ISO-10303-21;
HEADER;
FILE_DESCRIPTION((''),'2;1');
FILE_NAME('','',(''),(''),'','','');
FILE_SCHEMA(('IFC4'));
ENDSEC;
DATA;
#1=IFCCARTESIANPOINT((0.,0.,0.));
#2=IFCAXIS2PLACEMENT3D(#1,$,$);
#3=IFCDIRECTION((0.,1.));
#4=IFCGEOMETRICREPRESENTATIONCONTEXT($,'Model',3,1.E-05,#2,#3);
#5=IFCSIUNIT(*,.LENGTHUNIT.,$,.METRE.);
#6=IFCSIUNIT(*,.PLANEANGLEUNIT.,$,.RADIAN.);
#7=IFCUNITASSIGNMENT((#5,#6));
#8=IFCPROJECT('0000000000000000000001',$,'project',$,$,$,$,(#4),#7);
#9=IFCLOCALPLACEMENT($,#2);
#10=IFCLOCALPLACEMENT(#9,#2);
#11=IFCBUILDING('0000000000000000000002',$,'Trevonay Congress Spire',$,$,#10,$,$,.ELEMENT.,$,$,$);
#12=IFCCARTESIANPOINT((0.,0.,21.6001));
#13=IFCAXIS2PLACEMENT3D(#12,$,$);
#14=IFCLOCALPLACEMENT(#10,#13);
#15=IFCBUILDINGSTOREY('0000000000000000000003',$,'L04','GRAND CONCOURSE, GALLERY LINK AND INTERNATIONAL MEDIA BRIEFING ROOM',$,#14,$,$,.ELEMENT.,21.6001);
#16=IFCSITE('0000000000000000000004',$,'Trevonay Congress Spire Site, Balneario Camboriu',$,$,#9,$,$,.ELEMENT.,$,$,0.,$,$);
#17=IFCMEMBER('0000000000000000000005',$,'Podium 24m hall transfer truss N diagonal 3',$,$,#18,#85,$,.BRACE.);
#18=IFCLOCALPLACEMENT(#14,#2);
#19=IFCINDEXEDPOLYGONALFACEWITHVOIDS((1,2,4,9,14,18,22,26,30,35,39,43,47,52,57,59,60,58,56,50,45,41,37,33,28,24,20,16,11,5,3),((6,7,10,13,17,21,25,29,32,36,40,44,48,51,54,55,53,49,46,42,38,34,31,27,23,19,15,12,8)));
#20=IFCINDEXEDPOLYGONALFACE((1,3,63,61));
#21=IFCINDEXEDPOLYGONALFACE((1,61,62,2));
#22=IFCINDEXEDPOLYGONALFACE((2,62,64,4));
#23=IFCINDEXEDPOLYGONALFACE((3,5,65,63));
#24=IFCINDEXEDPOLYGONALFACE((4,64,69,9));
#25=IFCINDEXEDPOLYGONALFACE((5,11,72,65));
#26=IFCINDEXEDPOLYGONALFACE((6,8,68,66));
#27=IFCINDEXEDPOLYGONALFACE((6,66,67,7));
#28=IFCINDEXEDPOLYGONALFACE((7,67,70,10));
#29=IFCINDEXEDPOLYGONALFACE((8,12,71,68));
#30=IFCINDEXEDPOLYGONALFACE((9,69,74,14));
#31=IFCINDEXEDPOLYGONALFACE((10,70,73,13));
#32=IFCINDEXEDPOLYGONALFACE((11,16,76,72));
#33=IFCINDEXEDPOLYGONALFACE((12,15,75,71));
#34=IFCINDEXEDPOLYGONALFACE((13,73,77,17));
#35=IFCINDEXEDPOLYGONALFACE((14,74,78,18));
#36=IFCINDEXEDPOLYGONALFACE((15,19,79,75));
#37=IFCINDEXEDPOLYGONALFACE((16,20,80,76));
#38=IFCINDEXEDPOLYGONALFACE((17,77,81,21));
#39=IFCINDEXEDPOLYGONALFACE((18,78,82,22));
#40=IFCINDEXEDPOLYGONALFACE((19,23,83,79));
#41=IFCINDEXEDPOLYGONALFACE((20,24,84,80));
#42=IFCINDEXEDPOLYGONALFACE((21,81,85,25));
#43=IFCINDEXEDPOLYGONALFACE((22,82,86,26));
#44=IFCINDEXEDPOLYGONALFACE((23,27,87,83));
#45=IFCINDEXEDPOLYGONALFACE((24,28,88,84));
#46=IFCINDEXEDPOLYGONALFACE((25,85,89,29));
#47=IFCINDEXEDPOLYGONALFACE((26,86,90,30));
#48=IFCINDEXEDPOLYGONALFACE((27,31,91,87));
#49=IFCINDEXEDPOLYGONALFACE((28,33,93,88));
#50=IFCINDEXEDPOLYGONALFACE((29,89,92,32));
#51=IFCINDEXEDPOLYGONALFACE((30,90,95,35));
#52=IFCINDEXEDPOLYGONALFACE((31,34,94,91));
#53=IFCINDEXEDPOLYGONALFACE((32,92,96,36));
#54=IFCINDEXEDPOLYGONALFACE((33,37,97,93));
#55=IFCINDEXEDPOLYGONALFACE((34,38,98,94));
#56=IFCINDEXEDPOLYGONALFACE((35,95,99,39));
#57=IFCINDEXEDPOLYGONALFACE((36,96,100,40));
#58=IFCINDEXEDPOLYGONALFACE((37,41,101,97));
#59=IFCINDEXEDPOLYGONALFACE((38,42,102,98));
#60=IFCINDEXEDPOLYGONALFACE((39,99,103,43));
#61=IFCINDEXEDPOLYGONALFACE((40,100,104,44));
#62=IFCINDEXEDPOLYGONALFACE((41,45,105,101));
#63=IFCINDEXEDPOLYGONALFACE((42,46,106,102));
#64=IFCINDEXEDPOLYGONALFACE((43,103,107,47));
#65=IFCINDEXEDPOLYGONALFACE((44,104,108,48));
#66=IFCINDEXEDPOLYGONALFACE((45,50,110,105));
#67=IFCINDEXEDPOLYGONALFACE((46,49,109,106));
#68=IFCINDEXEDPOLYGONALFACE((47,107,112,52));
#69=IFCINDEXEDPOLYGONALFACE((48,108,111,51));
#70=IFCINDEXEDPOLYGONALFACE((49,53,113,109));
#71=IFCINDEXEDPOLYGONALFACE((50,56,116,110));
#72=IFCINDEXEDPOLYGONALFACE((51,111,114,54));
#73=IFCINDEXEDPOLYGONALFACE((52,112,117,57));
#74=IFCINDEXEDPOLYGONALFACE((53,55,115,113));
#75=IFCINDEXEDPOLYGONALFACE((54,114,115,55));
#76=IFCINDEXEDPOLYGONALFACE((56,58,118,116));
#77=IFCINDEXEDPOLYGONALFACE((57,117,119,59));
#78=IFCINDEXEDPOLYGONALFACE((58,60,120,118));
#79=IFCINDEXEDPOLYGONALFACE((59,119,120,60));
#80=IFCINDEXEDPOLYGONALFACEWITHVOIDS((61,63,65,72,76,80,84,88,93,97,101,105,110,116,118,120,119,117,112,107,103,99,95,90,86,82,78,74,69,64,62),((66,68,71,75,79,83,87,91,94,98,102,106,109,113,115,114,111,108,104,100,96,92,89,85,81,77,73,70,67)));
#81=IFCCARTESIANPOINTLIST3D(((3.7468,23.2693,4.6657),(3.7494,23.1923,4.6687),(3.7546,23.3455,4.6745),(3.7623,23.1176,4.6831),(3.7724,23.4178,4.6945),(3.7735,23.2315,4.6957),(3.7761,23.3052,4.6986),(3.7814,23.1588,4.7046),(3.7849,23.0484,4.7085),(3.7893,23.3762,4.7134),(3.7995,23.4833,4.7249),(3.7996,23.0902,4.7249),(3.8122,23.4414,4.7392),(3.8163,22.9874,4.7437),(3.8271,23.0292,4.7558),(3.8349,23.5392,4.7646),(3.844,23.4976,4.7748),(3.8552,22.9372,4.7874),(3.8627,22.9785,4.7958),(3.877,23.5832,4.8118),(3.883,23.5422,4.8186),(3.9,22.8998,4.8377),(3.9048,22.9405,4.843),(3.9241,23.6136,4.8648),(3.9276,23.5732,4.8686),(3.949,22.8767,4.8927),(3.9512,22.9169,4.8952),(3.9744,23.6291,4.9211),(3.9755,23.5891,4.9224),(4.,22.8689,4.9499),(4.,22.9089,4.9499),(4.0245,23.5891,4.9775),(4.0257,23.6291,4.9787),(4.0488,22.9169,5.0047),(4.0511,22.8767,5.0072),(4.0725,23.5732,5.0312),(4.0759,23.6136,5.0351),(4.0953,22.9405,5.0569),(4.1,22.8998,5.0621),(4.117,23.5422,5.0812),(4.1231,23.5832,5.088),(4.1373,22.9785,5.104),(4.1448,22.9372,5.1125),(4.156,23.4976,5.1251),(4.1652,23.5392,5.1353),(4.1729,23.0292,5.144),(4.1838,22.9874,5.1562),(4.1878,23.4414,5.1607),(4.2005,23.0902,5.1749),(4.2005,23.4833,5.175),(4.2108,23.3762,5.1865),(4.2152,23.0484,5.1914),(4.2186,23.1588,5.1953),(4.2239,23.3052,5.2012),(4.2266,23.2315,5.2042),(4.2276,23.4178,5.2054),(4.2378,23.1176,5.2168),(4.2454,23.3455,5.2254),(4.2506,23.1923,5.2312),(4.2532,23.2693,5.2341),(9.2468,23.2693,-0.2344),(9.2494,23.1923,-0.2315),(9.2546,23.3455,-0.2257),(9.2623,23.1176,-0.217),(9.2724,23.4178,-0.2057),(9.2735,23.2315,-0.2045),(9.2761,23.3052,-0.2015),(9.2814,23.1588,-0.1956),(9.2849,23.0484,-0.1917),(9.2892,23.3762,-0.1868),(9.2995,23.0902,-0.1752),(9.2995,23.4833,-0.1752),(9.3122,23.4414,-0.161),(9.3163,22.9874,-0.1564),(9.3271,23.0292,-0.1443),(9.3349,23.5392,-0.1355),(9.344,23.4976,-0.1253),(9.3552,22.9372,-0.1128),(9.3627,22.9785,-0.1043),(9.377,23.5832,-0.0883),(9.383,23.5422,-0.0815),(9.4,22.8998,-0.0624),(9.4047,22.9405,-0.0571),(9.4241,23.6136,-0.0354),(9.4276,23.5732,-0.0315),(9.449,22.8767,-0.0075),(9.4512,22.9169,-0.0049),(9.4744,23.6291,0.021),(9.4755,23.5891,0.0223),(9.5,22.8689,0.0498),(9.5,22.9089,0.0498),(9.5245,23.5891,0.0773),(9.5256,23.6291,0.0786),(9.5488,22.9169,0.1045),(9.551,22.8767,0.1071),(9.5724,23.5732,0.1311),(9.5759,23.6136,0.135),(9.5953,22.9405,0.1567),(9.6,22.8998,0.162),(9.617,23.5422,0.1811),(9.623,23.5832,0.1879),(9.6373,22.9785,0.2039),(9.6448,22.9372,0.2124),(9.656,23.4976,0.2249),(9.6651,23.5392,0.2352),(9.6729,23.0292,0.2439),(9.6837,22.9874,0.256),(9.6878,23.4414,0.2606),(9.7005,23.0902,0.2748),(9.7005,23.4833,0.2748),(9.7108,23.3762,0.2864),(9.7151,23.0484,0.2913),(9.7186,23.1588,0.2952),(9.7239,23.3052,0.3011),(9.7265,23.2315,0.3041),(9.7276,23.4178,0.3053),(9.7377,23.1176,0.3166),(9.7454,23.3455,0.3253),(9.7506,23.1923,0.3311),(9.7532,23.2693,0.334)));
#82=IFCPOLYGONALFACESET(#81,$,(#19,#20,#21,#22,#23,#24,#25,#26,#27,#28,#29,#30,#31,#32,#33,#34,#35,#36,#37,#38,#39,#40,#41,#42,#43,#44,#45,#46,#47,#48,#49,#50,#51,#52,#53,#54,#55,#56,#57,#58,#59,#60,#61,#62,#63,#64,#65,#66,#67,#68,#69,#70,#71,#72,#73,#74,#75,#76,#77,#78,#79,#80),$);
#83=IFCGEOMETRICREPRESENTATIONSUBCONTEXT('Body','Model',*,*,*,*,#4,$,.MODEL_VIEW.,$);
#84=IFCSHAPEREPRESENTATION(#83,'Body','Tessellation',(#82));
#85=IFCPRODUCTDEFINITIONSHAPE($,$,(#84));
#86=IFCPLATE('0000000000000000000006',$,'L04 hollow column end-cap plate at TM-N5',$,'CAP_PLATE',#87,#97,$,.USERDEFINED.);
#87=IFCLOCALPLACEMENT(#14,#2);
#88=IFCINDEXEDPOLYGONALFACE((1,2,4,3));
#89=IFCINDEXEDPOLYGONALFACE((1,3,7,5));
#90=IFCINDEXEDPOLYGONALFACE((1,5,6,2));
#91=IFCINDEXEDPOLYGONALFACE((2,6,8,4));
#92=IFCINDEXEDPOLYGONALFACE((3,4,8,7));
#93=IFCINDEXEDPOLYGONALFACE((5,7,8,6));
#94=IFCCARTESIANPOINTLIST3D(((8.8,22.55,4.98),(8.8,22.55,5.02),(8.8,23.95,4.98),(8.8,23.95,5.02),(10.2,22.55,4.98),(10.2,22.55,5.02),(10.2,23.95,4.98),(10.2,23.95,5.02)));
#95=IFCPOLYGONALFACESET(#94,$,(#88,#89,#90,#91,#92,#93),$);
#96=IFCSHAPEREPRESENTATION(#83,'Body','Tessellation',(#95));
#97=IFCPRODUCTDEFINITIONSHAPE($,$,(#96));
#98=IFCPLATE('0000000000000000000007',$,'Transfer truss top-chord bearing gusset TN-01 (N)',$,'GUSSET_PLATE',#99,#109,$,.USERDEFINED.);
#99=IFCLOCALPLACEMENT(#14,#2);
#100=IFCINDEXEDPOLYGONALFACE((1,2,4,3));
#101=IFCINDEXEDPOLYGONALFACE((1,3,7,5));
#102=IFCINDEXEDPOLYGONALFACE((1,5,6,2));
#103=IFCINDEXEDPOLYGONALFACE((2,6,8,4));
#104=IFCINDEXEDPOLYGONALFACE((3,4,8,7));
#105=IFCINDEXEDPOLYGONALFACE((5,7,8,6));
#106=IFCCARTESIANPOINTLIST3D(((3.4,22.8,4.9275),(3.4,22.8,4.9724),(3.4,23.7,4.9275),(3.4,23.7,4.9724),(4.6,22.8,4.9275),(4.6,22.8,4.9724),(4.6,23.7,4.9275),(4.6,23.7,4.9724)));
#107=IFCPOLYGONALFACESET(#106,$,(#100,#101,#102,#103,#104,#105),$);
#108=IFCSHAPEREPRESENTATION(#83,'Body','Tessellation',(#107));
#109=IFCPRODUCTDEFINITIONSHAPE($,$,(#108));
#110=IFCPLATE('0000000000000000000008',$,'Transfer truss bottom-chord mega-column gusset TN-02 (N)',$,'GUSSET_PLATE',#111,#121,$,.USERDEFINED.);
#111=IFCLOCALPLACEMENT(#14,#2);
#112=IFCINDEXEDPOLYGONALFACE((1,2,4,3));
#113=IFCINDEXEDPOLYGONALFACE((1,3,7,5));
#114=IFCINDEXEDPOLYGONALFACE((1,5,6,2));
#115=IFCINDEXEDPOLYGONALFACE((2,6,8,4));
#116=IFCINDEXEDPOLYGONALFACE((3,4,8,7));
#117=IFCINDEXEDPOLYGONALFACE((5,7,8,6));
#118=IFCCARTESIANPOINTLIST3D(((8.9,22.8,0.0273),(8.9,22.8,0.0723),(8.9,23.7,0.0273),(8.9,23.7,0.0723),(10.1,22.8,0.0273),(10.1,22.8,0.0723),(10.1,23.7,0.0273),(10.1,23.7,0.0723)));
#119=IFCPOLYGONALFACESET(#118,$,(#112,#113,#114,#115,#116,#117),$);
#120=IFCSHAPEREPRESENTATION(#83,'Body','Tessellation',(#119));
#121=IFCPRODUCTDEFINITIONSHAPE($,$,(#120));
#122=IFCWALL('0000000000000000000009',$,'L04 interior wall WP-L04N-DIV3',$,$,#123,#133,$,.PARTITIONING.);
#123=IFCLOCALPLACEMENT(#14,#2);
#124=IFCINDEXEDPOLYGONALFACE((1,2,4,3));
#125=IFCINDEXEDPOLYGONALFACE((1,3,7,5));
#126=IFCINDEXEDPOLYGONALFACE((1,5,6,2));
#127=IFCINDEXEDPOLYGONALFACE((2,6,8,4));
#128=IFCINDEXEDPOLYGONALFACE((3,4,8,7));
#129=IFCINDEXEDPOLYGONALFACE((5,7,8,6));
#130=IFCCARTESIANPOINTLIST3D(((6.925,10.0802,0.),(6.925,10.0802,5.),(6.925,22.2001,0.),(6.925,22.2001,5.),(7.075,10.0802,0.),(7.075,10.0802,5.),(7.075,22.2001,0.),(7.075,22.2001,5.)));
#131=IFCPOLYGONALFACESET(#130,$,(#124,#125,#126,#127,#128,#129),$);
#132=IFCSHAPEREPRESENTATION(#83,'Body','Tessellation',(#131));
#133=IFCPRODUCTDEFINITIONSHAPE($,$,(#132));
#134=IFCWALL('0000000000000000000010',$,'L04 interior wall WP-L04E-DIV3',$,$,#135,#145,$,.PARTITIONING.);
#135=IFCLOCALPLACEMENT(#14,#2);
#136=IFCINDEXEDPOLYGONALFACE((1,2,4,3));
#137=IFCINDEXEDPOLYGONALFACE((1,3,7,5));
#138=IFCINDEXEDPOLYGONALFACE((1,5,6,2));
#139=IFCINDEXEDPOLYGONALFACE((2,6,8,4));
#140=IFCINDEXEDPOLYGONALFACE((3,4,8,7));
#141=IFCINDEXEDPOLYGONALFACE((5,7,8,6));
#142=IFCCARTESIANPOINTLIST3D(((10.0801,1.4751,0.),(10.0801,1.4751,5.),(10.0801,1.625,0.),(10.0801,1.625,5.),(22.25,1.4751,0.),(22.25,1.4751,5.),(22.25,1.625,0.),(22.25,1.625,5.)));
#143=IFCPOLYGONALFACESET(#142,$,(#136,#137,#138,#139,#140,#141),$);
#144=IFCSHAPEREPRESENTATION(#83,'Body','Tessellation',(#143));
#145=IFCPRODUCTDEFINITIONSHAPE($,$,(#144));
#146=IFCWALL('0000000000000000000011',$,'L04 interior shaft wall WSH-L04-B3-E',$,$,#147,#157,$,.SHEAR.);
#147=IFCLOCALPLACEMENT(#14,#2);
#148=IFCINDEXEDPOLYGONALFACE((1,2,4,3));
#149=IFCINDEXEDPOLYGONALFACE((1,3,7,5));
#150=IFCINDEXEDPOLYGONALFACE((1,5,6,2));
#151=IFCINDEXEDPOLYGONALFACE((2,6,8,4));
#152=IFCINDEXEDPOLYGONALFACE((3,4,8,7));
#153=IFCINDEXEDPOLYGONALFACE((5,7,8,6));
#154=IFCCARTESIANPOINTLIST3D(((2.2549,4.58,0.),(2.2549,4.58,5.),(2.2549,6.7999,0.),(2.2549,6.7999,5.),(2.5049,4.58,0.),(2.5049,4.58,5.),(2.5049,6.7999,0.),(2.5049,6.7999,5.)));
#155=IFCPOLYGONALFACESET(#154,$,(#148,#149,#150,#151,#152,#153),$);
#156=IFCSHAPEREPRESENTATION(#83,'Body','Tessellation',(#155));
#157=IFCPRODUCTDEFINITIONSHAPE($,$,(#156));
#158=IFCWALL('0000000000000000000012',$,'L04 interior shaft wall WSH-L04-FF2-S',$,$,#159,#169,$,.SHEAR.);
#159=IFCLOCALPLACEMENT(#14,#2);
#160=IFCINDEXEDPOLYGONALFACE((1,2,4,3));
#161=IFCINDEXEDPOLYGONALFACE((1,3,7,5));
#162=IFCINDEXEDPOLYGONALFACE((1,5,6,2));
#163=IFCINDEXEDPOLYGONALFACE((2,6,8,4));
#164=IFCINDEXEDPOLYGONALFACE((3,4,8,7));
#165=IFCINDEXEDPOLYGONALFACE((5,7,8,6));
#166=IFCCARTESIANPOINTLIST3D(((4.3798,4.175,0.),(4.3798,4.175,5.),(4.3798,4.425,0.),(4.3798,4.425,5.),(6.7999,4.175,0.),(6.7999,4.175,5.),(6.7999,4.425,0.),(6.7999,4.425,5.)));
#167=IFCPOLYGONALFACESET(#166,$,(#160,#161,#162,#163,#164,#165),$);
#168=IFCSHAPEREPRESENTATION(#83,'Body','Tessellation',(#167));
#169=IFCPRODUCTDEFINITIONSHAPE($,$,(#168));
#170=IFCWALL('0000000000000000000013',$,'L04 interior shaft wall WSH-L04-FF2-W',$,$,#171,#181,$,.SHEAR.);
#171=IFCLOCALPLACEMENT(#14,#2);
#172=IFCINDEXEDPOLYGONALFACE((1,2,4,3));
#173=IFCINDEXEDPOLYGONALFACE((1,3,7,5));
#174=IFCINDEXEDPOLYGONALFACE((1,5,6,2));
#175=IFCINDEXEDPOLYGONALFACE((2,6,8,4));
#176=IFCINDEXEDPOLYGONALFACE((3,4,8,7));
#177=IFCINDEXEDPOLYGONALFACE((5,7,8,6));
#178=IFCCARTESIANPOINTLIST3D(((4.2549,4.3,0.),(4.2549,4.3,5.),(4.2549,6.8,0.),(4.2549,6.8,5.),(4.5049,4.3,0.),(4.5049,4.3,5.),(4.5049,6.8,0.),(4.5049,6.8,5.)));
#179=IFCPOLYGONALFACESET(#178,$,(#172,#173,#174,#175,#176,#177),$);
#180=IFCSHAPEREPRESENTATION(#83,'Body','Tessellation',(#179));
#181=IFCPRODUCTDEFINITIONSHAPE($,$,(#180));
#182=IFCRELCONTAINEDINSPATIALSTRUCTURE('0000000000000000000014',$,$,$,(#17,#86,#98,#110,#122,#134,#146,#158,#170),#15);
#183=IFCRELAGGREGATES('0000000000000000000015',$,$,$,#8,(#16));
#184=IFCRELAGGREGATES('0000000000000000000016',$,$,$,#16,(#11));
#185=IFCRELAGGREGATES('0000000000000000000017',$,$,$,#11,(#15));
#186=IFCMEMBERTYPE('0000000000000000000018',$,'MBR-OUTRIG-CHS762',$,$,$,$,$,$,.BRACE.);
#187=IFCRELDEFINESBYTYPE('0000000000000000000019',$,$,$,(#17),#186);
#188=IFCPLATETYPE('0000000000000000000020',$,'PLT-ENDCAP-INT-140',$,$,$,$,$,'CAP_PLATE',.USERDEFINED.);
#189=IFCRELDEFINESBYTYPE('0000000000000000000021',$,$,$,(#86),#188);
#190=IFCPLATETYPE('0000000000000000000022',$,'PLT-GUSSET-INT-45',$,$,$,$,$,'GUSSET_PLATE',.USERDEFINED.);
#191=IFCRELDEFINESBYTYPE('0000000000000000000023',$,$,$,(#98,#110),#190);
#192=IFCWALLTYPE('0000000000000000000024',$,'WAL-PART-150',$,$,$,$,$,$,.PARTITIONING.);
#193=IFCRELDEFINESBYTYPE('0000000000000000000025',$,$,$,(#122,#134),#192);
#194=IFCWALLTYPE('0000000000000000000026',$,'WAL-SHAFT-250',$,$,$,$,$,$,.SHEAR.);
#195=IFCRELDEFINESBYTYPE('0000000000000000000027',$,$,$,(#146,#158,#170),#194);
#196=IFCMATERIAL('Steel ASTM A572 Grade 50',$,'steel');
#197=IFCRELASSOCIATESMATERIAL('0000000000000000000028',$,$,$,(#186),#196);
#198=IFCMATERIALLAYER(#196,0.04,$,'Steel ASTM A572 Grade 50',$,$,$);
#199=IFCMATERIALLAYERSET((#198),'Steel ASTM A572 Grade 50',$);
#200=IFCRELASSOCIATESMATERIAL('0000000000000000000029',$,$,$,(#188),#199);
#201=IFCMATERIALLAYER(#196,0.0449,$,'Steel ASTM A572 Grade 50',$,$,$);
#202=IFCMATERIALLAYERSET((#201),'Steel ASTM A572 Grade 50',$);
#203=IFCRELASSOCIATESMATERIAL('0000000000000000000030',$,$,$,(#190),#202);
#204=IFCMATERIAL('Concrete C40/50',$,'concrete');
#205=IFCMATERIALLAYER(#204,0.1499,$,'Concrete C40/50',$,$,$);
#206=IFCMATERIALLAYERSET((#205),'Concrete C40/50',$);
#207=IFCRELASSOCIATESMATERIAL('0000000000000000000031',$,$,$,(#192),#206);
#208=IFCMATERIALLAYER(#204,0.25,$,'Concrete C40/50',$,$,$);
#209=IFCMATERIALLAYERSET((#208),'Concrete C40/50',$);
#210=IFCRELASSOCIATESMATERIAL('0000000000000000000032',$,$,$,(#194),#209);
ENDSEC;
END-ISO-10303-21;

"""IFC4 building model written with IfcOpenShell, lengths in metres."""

from ifc_helpers import new_model, si_unit, direction, frame, frame_2d, origin, origin_2d, place, context, subcontext, project, spatial, rectangle, hollow_circle, extrude, material, layer, layer_set, material_profile, profile_set, type_object, element, save


model = new_model("IFC4")

# Units and contexts
model_context = context("Model", 3, precision=1e-05, world=origin(), true_north=direction((0.0, 1.0)))
body_context = subcontext(model_context, "Body", "Model", "MODEL_VIEW")
ifc_project = project(units=[si_unit("LENGTHUNIT", "METRE"), si_unit("PLANEANGLEUNIT", "RADIAN")], contexts=[model_context])

# Site, building, storey
site_placement = place(None, origin())
site = spatial("IfcSite", under=ifc_project, at=site_placement, Name="Trevonay Congress Spire Site, Balneario Camboriu", CompositionType="ELEMENT", RefElevation=0.0)
building_placement = place(site_placement, origin())
building = spatial("IfcBuilding", under=site, at=building_placement, Name="Trevonay Congress Spire", CompositionType="ELEMENT")
storey_placement = place(building_placement, frame((0.0, 0.0, 21.6001)))
storey = spatial("IfcBuildingStorey", under=building, at=storey_placement, Name="L04", Description="GRAND CONCOURSE, GALLERY LINK AND INTERNATIONAL MEDIA BRIEFING ROOM", CompositionType="ELEMENT", Elevation=21.6001)

# Shared definitions
ifc_material_1 = material(Name="Steel ASTM A572 Grade 50", Category="steel")

# Member
ifc_material_profile_1 = material_profile(ifc_material_1, hollow_circle(Radius=0.3811, WallThickness=0.04, at=origin_2d()), Name="CHS 762x40")
ifc_profile_set_1 = profile_set([ifc_material_profile_1], Name="Steel ASTM A572 Grade 50")
member_type = type_object("IfcMemberType", Name="MBR-OUTRIG-CHS762", PredefinedType="BRACE", material=ifc_profile_set_1)
member_placement = place(storey_placement, frame((9.5, 23.25, 0.0498), z_axis=(-0.74665, 0.0, 0.665217), x_axis=(0.0, -1.0, 0.0)))
element("IfcMember", 1, at=member_placement, inside=storey, type_object=member_type, Name="Podium 24m hall transfer truss N diagonal 3", PredefinedType="BRACE", context=body_context, shape_type="SweptSolid", body=[
    extrude(hollow_circle(Radius=0.3811, WallThickness=0.04, at=origin_2d()), origin(), (0.0, 0.0, 1.0), 7.3662),
])

# Plates
ifc_layer_1 = layer(ifc_material_1, 0.04, Name="Steel ASTM A572 Grade 50")
ifc_layer_set_1 = layer_set([ifc_layer_1], Name="Steel ASTM A572 Grade 50")
plate_type_1 = type_object("IfcPlateType", Name="PLT-ENDCAP-INT-140", ElementType="CAP_PLATE", PredefinedType="USERDEFINED", material=ifc_layer_set_1)
plate_placement = place(storey_placement, frame((9.5, 23.25, 4.98), z_axis=(0.0, 0.0, 1.0), x_axis=(1.0, 0.0, 0.0)))
element("IfcPlate", 2, at=plate_placement, inside=storey, type_object=plate_type_1, Name="L04 hollow column end-cap plate at TM-N5", ObjectType="CAP_PLATE", PredefinedType="USERDEFINED", context=body_context, shape_type="SweptSolid", body=[
    extrude(rectangle(XDim=1.3999, YDim=1.3999, at=origin_2d()), origin(), (0.0, 0.0, 1.0), 0.04),
])
ifc_layer_2 = layer(ifc_material_1, 0.0449, Name="Steel ASTM A572 Grade 50")
ifc_layer_set_2 = layer_set([ifc_layer_2], Name="Steel ASTM A572 Grade 50")
plate_type_2 = type_object("IfcPlateType", Name="PLT-GUSSET-INT-45", ElementType="GUSSET_PLATE", PredefinedType="USERDEFINED", material=ifc_layer_set_2)
for number, where, z_axis, x_axis, name in (
    (3, (4.0, 23.25, 4.9275), (0.0, 0.0, 1.0), (1.0, 0.0, 0.0), "Transfer truss top-chord bearing gusset TN-01 (N)"),
    (4, (9.5, 23.25, 0.0273), (0.0, 0.0, 1.0), (1.0, 0.0, 0.0), "Transfer truss bottom-chord mega-column gusset TN-02 (N)"),
):
    element("IfcPlate", number, at=place(storey_placement, frame(where, z_axis=z_axis, x_axis=x_axis)), inside=storey, type_object=plate_type_2, Name=name, ObjectType="GUSSET_PLATE", PredefinedType="USERDEFINED", context=body_context, shape_type="SweptSolid", body=[
        extrude(rectangle(XDim=1.2, YDim=0.8999, at=origin_2d()), origin(), (0.0, 0.0, 1.0), 0.0449),
    ])

# Walls
ifc_material_2 = material(Name="Concrete C40/50", Category="concrete")
ifc_layer_3 = layer(ifc_material_2, 0.1499, Name="Concrete C40/50")
ifc_layer_set_3 = layer_set([ifc_layer_3], Name="Concrete C40/50")
wall_type_1 = type_object("IfcWallType", Name="WAL-PART-150", PredefinedType="PARTITIONING", material=ifc_layer_set_3)
wall_1_placement = place(storey_placement, frame((7.0, 10.0801, 0.0), z_axis=(0.0, 0.0, 1.0), x_axis=(0.0, 1.0, 0.0)))
element("IfcWall", 5, at=wall_1_placement, inside=storey, type_object=wall_type_1, Name="L04 interior wall WP-L04N-DIV3", PredefinedType="PARTITIONING", context=body_context, shape_type="SweptSolid", body=[
    extrude(rectangle(XDim=12.1199, YDim=0.1499, at=frame_2d((6.0601, 0.0))), origin(), (0.0, 0.0, 1.0), 5.0),
])
wall_2_placement = place(storey_placement, frame((10.0801, 1.55, 0.0), z_axis=(0.0, 0.0, 1.0), x_axis=(1.0, 0.0, 0.0)))
element("IfcWall", 6, at=wall_2_placement, inside=storey, type_object=wall_type_1, Name="L04 interior wall WP-L04E-DIV3", PredefinedType="PARTITIONING", context=body_context, shape_type="SweptSolid", body=[
    extrude(rectangle(XDim=12.1699, YDim=0.1499, at=frame_2d((6.085, 0.0))), origin(), (0.0, 0.0, 1.0), 5.0),
])
ifc_layer_4 = layer(ifc_material_2, 0.25, Name="Concrete C40/50")
ifc_layer_set_4 = layer_set([ifc_layer_4], Name="Concrete C40/50")
wall_type_2 = type_object("IfcWallType", Name="WAL-SHAFT-250", PredefinedType="SHEAR", material=ifc_layer_set_4)
wall_3_placement = place(storey_placement, frame((2.3799, 4.5801, 0.0), z_axis=(0.0, 0.0, 1.0), x_axis=(0.0, 1.0, 0.0)))
element("IfcWall", 7, at=wall_3_placement, inside=storey, type_object=wall_type_2, Name="L04 interior shaft wall WSH-L04-B3-E", PredefinedType="SHEAR", context=body_context, shape_type="SweptSolid", body=[
    extrude(rectangle(XDim=2.22, YDim=0.25, at=frame_2d((1.1099, 0.0))), origin(), (0.0, 0.0, 1.0), 5.0),
])
wall_4_placement = place(storey_placement, frame((4.3799, 4.3, 0.0), z_axis=(0.0, 0.0, 1.0), x_axis=(1.0, 0.0, 0.0)))
element("IfcWall", 8, at=wall_4_placement, inside=storey, type_object=wall_type_2, Name="L04 interior shaft wall WSH-L04-FF2-S", PredefinedType="SHEAR", context=body_context, shape_type="SweptSolid", body=[
    extrude(rectangle(XDim=2.4202, YDim=0.25, at=frame_2d((1.21, 0.0))), origin(), (0.0, 0.0, 1.0), 5.0),
])
wall_5_placement = place(storey_placement, frame((4.3799, 4.3, 0.0), z_axis=(0.0, 0.0, 1.0), x_axis=(0.0, 1.0, 0.0)))
element("IfcWall", 9, at=wall_5_placement, inside=storey, type_object=wall_type_2, Name="L04 interior shaft wall WSH-L04-FF2-W", PredefinedType="SHEAR", context=body_context, shape_type="SweptSolid", body=[
    extrude(rectangle(XDim=2.5, YDim=0.25, at=frame_2d((1.25, 0.0))), origin(), (0.0, 0.0, 1.0), 5.0),
])

save(model, "model.ifc")
